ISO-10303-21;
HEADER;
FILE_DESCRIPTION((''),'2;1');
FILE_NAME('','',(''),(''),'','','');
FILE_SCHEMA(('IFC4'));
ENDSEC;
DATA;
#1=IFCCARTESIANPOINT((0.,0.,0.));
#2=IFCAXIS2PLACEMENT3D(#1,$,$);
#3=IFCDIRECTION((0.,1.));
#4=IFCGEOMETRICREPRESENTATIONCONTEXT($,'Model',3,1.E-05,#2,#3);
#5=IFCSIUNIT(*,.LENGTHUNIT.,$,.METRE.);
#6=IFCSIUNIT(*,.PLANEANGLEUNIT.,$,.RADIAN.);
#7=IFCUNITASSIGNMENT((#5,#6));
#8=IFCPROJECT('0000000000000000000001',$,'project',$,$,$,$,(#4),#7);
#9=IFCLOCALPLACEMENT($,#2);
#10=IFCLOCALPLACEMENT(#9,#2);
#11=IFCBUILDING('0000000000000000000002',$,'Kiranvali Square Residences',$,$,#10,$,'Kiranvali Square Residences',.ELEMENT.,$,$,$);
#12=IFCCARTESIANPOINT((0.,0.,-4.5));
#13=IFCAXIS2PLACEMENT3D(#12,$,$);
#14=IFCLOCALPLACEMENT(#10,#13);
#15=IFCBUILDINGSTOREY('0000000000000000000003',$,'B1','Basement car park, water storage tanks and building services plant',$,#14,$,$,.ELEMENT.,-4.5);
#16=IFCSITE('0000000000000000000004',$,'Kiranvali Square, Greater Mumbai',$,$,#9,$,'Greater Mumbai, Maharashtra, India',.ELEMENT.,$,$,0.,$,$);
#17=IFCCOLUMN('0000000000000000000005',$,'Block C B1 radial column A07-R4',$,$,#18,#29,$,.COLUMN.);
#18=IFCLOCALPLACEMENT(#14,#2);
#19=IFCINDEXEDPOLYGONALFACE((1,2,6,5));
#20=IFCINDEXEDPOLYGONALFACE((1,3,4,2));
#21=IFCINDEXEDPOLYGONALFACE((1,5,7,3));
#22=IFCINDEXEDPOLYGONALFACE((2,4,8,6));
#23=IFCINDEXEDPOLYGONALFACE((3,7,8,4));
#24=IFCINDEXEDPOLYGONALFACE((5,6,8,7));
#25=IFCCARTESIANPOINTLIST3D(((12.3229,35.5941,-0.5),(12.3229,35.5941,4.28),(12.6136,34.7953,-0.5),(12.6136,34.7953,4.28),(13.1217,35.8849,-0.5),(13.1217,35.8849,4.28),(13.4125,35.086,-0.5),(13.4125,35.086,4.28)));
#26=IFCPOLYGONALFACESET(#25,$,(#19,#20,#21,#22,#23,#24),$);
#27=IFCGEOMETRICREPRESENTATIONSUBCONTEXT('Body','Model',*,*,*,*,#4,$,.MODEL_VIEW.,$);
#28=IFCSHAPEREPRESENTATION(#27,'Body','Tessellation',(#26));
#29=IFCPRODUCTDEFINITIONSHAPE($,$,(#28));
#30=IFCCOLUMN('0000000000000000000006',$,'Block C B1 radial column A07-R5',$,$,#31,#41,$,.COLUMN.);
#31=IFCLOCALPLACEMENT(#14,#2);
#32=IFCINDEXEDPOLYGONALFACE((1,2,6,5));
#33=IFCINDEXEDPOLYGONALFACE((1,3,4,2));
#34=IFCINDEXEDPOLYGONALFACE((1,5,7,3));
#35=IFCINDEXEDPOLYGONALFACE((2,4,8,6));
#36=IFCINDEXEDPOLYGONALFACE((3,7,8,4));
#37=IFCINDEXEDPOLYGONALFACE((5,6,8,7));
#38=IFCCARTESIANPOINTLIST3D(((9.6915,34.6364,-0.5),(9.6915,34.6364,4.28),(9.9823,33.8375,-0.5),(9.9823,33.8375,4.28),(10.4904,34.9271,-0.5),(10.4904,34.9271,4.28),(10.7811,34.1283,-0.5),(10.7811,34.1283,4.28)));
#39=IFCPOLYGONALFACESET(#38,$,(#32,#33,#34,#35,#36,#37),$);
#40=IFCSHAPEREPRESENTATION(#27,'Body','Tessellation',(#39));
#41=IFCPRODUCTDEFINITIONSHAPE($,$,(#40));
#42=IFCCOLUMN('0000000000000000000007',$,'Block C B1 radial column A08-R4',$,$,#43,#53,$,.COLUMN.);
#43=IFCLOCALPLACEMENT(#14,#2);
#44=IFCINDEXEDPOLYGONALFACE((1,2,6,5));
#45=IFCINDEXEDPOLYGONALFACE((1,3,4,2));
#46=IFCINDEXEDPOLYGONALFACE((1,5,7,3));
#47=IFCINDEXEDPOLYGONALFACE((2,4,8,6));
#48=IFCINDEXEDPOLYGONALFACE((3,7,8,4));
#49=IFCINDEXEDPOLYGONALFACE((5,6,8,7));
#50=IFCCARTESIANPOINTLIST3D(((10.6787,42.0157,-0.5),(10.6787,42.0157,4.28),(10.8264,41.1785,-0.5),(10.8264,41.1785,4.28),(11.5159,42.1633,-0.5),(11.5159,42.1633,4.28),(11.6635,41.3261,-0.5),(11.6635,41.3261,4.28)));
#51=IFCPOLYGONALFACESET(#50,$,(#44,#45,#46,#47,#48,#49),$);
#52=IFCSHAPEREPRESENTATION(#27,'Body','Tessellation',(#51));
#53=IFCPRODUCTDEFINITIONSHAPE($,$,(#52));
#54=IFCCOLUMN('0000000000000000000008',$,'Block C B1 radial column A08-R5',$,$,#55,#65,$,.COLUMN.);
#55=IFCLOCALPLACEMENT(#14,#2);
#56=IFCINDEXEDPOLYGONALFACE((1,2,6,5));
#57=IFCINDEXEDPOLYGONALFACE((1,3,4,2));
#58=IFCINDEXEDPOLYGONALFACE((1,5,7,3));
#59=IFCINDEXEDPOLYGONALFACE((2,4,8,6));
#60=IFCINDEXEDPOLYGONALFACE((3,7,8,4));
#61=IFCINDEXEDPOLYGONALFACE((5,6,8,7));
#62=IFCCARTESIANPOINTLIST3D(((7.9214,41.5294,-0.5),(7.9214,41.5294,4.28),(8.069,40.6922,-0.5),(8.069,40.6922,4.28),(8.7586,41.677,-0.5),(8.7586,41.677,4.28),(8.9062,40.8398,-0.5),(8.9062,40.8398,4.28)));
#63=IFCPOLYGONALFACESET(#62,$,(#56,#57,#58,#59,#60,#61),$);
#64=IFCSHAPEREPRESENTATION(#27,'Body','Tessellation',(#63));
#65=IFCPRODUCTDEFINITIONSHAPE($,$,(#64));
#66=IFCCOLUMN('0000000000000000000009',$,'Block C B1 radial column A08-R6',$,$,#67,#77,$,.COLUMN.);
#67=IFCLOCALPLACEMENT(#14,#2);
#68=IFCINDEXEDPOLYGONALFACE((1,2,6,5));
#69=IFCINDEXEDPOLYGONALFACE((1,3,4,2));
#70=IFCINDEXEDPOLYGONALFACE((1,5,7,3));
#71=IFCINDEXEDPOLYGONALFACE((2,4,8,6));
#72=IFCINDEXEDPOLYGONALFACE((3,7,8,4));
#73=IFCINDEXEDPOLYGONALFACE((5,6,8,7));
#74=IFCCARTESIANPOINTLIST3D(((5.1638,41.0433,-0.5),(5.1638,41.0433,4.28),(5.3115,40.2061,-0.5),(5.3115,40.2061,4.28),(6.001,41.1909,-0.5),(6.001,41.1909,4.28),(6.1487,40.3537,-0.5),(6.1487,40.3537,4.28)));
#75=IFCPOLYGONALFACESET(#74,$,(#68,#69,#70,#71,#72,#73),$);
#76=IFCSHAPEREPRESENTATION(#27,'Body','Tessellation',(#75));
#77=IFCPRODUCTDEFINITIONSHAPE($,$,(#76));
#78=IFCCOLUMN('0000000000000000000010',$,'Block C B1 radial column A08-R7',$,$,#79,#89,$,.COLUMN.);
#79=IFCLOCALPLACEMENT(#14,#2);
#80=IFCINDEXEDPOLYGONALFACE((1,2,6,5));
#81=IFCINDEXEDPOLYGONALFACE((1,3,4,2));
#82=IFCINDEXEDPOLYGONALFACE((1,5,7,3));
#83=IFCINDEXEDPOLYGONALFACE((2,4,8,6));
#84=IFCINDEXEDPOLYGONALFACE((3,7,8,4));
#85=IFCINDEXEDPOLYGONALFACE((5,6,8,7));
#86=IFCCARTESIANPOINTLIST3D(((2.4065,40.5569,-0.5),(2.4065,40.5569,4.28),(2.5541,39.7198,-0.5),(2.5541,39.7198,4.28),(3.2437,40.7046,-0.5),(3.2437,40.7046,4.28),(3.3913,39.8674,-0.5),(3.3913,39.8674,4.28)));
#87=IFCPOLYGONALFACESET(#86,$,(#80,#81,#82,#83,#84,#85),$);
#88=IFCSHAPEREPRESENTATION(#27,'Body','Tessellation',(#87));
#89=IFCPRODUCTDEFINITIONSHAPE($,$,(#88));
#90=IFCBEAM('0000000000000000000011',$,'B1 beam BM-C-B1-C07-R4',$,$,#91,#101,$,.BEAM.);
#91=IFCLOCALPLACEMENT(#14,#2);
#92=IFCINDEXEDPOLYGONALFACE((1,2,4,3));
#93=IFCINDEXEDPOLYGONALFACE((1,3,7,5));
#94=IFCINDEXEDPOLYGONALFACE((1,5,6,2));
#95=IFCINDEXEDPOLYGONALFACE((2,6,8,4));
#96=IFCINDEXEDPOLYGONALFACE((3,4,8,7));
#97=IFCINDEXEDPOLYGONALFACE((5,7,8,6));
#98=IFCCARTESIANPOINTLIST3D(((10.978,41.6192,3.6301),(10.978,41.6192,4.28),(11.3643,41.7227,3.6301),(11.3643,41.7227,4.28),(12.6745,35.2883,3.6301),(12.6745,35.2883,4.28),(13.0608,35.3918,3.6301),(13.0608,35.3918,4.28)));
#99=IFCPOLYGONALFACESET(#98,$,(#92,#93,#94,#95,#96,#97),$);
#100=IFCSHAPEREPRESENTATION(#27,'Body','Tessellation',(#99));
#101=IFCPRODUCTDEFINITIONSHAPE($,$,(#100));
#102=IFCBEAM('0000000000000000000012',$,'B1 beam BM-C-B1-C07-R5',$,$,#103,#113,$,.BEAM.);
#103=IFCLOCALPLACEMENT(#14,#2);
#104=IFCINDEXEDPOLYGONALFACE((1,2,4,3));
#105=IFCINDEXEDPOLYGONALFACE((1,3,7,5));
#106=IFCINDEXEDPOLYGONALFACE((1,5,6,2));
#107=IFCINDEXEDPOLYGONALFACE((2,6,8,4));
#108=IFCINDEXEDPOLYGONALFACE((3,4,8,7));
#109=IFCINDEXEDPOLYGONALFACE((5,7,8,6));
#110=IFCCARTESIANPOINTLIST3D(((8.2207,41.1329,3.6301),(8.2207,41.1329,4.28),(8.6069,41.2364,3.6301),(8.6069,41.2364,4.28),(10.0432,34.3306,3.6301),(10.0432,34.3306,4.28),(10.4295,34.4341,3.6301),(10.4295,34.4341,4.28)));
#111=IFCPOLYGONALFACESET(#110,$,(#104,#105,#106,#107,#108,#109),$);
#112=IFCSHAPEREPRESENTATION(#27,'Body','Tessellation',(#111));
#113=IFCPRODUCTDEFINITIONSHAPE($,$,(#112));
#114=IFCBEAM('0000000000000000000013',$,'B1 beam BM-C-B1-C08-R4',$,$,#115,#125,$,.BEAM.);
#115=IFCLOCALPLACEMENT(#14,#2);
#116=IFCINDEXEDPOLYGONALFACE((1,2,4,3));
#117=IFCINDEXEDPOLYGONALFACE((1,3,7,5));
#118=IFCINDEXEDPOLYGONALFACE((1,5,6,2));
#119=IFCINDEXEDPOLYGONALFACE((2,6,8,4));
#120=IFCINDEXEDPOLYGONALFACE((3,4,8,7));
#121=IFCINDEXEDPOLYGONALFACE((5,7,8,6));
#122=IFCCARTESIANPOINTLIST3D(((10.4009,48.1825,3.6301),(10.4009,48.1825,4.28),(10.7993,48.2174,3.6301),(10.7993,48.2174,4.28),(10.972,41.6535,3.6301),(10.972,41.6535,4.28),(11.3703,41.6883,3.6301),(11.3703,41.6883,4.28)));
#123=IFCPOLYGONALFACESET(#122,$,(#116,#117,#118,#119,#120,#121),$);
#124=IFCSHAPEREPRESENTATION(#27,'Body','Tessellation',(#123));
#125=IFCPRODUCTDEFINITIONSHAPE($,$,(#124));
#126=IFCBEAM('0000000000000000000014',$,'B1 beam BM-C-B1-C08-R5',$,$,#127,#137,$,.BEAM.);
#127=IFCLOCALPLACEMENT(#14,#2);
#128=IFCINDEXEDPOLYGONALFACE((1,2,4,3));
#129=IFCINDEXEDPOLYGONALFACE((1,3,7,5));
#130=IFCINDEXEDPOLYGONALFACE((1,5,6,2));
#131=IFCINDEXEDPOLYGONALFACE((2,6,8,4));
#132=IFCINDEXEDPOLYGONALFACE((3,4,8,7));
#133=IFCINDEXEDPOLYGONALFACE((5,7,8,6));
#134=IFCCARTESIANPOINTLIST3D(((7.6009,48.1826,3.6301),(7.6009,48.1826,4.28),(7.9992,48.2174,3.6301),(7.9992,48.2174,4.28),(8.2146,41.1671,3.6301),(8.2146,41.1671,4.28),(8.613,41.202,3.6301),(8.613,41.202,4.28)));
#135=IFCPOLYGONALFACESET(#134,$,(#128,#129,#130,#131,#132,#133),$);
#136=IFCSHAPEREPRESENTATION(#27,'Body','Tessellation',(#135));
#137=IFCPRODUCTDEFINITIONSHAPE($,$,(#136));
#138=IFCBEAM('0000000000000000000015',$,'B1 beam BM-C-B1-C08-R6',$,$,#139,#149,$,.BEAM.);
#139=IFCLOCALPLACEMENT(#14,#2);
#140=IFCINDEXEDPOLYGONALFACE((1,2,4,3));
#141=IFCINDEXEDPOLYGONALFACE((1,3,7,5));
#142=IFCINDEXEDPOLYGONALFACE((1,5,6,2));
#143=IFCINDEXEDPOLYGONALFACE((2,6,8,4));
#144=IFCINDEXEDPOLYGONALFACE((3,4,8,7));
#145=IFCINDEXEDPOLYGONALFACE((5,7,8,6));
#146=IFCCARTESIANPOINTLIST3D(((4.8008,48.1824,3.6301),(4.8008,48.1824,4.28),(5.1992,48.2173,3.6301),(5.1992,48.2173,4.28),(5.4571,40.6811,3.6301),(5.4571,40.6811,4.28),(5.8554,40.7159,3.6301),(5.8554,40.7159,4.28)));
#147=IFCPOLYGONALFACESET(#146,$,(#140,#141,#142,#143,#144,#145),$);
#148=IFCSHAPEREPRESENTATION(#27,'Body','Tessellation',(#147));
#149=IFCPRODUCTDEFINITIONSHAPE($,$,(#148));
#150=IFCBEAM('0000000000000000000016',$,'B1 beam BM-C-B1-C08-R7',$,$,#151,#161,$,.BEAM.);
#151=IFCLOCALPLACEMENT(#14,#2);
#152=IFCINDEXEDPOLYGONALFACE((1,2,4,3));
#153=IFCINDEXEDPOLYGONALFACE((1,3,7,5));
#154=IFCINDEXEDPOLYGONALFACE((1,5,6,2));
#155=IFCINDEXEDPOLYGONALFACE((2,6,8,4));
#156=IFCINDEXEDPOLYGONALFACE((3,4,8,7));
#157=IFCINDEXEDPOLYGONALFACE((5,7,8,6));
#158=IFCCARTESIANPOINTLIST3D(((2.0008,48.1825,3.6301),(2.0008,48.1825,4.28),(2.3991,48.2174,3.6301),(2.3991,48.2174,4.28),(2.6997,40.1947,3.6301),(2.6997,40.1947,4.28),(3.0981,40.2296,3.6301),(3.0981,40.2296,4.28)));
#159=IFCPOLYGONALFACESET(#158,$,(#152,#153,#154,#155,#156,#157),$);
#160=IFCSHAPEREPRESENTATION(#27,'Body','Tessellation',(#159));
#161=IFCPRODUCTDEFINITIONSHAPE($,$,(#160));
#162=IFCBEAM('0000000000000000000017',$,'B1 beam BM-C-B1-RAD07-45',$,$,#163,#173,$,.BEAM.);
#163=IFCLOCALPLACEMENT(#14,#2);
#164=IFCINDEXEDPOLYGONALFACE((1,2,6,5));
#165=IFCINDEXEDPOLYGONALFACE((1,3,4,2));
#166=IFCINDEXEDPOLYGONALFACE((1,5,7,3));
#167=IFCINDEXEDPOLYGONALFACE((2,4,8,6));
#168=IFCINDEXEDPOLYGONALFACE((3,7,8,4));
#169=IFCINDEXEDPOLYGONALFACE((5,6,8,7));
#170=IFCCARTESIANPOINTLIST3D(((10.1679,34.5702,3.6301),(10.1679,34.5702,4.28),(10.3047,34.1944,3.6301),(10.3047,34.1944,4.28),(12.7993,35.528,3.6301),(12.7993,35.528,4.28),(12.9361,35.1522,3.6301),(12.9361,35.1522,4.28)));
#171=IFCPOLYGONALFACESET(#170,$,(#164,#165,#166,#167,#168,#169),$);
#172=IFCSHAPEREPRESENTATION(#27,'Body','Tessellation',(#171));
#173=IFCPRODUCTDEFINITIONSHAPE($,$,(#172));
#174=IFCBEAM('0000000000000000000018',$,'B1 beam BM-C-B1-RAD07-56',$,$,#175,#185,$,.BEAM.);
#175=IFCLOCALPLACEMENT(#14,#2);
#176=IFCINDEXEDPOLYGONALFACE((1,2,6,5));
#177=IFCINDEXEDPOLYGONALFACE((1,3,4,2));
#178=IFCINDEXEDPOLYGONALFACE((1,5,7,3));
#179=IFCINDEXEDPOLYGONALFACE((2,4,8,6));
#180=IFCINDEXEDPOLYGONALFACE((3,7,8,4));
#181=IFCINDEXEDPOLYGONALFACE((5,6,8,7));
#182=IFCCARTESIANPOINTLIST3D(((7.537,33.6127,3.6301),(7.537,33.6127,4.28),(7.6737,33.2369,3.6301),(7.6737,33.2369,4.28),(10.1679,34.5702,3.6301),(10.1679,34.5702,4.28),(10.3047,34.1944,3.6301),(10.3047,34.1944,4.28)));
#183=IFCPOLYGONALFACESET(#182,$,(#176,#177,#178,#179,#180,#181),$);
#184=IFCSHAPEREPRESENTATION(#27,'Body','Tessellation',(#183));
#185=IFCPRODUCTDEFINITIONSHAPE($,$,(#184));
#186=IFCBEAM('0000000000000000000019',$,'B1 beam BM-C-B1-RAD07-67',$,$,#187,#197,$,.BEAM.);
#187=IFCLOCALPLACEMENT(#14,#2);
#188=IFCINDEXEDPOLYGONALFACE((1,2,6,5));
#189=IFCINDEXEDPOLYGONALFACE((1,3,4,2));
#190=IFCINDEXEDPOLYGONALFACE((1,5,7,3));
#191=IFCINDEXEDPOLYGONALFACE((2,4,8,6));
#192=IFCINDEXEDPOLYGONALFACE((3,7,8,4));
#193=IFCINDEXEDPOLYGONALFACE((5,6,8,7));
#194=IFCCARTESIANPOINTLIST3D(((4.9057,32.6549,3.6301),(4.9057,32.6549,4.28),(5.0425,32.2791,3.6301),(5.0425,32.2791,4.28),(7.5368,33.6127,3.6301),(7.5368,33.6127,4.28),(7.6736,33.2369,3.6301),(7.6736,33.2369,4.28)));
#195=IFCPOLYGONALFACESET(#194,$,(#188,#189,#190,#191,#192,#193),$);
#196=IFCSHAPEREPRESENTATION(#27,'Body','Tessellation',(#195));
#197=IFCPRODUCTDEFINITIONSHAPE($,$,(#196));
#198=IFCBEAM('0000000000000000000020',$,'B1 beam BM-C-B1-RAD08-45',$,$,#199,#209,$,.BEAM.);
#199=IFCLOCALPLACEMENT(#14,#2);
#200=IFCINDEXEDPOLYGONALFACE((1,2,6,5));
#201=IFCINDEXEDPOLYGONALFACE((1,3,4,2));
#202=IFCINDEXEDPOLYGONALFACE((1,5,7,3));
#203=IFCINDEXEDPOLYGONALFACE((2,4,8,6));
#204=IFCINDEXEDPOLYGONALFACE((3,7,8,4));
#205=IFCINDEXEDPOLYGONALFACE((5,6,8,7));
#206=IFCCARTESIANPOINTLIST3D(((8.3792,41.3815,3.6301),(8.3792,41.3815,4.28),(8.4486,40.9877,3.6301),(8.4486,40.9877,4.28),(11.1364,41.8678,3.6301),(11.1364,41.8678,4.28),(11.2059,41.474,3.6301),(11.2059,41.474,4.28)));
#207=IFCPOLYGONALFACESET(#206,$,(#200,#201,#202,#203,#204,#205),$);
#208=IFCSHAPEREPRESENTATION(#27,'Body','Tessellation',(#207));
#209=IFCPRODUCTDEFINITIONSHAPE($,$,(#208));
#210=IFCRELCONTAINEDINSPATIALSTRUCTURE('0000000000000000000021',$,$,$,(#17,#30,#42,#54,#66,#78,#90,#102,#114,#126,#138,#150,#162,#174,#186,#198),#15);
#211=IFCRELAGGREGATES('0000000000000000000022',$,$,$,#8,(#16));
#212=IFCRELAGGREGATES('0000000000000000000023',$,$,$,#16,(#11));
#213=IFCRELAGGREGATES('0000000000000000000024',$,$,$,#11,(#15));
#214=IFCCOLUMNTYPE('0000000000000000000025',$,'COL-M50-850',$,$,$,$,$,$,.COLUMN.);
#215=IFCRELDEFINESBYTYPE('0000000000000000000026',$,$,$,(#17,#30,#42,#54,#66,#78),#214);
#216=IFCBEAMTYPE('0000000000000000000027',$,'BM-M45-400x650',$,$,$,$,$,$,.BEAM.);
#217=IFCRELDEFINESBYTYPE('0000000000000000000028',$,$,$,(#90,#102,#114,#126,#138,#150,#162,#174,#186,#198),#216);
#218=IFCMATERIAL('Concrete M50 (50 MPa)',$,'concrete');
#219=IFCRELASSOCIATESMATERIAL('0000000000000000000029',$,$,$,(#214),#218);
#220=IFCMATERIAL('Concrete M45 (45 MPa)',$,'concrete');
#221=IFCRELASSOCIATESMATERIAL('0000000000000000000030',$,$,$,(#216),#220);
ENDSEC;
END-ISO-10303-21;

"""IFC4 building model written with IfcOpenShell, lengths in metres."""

from ifc_helpers import new_model, si_unit, direction, frame, origin, origin_2d, place, context, subcontext, project, spatial, rectangle, extrude, material, material_profile, profile_set, type_object, element, save


model = new_model("IFC4")

# Units and contexts
model_context = context("Model", 3, precision=1e-05, world=origin(), true_north=direction((0.0, 1.0)))
body_context = subcontext(model_context, "Body", "Model", "MODEL_VIEW")
ifc_project = project(units=[si_unit("LENGTHUNIT", "METRE"), si_unit("PLANEANGLEUNIT", "RADIAN")], contexts=[model_context])

# Site, building, storey
site_placement = place(None, origin())
site = spatial("IfcSite", under=ifc_project, at=site_placement, Name="Kiranvali Square, Greater Mumbai", LongName="Greater Mumbai, Maharashtra, India", CompositionType="ELEMENT", RefElevation=0.0)
building_placement = place(site_placement, origin())
building = spatial("IfcBuilding", under=site, at=building_placement, Name="Kiranvali Square Residences", LongName="Kiranvali Square Residences", CompositionType="ELEMENT")
storey_placement = place(building_placement, frame((0.0, 0.0, -4.5)))
storey = spatial("IfcBuildingStorey", under=building, at=storey_placement, Name="B1", Description="Basement car park, water storage tanks and building services plant", CompositionType="ELEMENT", Elevation=-4.5)

# Columns
ifc_material_1 = material(Name="Concrete M50 (50 MPa)", Category="concrete")
ifc_material_profile_1 = material_profile(ifc_material_1, rectangle(XDim=0.8501, YDim=0.8501, at=origin_2d()), Name="RC 850x850")
ifc_profile_set_1 = profile_set([ifc_material_profile_1], Name="Concrete M50 (50 MPa)")
column_type = type_object("IfcColumnType", Name="COL-M50-850", PredefinedType="COLUMN", material=ifc_profile_set_1)
for number, where, z_axis, x_axis, name in (
    (1, (12.8677, 35.3401, -0.5), (0.0, 0.0, 1.0), (-0.34202, 0.939693, 0.0), "Block C B1 radial column A07-R4"),
    (2, (10.2363, 34.3823, -0.5), (0.0, 0.0, 1.0), (-0.34202, 0.939693, 0.0), "Block C B1 radial column A07-R5"),
    (3, (11.1711, 41.6709, -0.5), (0.0, 0.0, 1.0), (-0.173648, 0.984808, 0.0), "Block C B1 radial column A08-R4"),
    (4, (8.4138, 41.1846, -0.5), (0.0, 0.0, 1.0), (-0.173648, 0.984808, 0.0), "Block C B1 radial column A08-R5"),
    (5, (5.6562, 40.6985, -0.5), (0.0, 0.0, 1.0), (-0.173648, 0.984808, 0.0), "Block C B1 radial column A08-R6"),
    (6, (2.8989, 40.2122, -0.5), (0.0, 0.0, 1.0), (-0.173648, 0.984808, 0.0), "Block C B1 radial column A08-R7"),
):
    element("IfcColumn", number, at=place(storey_placement, frame(where, z_axis=z_axis, x_axis=x_axis)), inside=storey, type_object=column_type, Name=name, PredefinedType="COLUMN", context=body_context, shape_type="SweptSolid", body=[
        extrude(rectangle(XDim=0.8501, YDim=0.8501, at=origin_2d()), origin(), (0.0, 0.0, 1.0), 4.78),
    ])

# Beams
ifc_material_2 = material(Name="Concrete M45 (45 MPa)", Category="concrete")
ifc_material_profile_2 = material_profile(ifc_material_2, rectangle(XDim=0.3999, YDim=0.6499, at=origin_2d()), Name="RC 400x650")
ifc_profile_set_2 = profile_set([ifc_material_profile_2], Name="Concrete M45 (45 MPa)")
beam_type = type_object("IfcBeamType", Name="BM-M45-400x650", PredefinedType="BEAM", material=ifc_profile_set_2)
beam_1_placement = place(storey_placement, frame((12.8677, 35.3401, 3.9551), z_axis=(-0.258847, 0.965918, 0.0), x_axis=(-0.965918, -0.258847, 0.0)))
element("IfcBeam", 7, at=beam_1_placement, inside=storey, type_object=beam_type, Name="B1 beam BM-C-B1-C07-R4", PredefinedType="BEAM", context=body_context, shape_type="SweptSolid", body=[
    extrude(rectangle(XDim=0.3999, YDim=0.6499, at=origin_2d()), origin(), (0.0, 0.0, 1.0), 6.5542),
])
beam_2_placement = place(storey_placement, frame((10.2363, 34.3823, 3.9551), z_axis=(-0.2588, 0.965931, 0.0), x_axis=(-0.965931, -0.2588, 0.0)))
element("IfcBeam", 8, at=beam_2_placement, inside=storey, type_object=beam_type, Name="B1 beam BM-C-B1-C07-R5", PredefinedType="BEAM", context=body_context, shape_type="SweptSolid", body=[
    extrude(rectangle(XDim=0.3999, YDim=0.6499, at=origin_2d()), origin(), (0.0, 0.0, 1.0), 7.0422),
])
beam_3_placement = place(storey_placement, frame((11.1711, 41.6709, 3.9551), z_axis=(-0.08713, 0.996197, 0.0), x_axis=(-0.996197, -0.08713, 0.0)))
element("IfcBeam", 9, at=beam_3_placement, inside=storey, type_object=beam_type, Name="B1 beam BM-C-B1-C08-R4", PredefinedType="BEAM", context=body_context, shape_type="SweptSolid", body=[
    extrude(rectangle(XDim=0.3999, YDim=0.6499, at=origin_2d()), origin(), (0.0, 0.0, 1.0), 6.554),
])
beam_4_placement = place(storey_placement, frame((8.4138, 41.1846, 3.9551), z_axis=(-0.087156, 0.996195, 0.0), x_axis=(-0.996195, -0.087156, 0.0)))
element("IfcBeam", 10, at=beam_4_placement, inside=storey, type_object=beam_type, Name="B1 beam BM-C-B1-C08-R5", PredefinedType="BEAM", context=body_context, shape_type="SweptSolid", body=[
    extrude(rectangle(XDim=0.3999, YDim=0.6499, at=origin_2d()), origin(), (0.0, 0.0, 1.0), 7.0422),
])
beam_5_placement = place(storey_placement, frame((5.6562, 40.6985, 3.9551), z_axis=(-0.08715, 0.996195, 0.0), x_axis=(-0.996195, -0.08715, 0.0)))
element("IfcBeam", 11, at=beam_5_placement, inside=storey, type_object=beam_type, Name="B1 beam BM-C-B1-C08-R6", PredefinedType="BEAM", context=body_context, shape_type="SweptSolid", body=[
    extrude(rectangle(XDim=0.3999, YDim=0.6499, at=origin_2d()), origin(), (0.0, 0.0, 1.0), 7.53),
])
beam_6_placement = place(storey_placement, frame((2.8989, 40.2122, 3.9551), z_axis=(-0.087172, 0.996193, 0.0), x_axis=(-0.996193, -0.087172, 0.0)))
element("IfcBeam", 12, at=beam_6_placement, inside=storey, type_object=beam_type, Name="B1 beam BM-C-B1-C08-R7", PredefinedType="BEAM", context=body_context, shape_type="SweptSolid", body=[
    extrude(rectangle(XDim=0.3999, YDim=0.6499, at=origin_2d()), origin(), (0.0, 0.0, 1.0), 8.0183),
])
beam_7_placement = place(storey_placement, frame((12.8677, 35.3401, 3.9551), z_axis=(-0.939689, -0.34203, 0.0), x_axis=(0.34203, -0.939689, 0.0)))
element("IfcBeam", 13, at=beam_7_placement, inside=storey, type_object=beam_type, Name="B1 beam BM-C-B1-RAD07-45", PredefinedType="BEAM", context=body_context, shape_type="SweptSolid", body=[
    extrude(rectangle(XDim=0.3999, YDim=0.6499, at=origin_2d()), origin(), (0.0, 0.0, 1.0), 2.8003),
])
beam_8_placement = place(storey_placement, frame((10.2363, 34.3823, 3.9551), z_axis=(-0.939707, -0.341981, 0.0), x_axis=(0.341981, -0.939707, 0.0)))
element("IfcBeam", 14, at=beam_8_placement, inside=storey, type_object=beam_type, Name="B1 beam BM-C-B1-RAD07-56", PredefinedType="BEAM", context=body_context, shape_type="SweptSolid", body=[
    extrude(rectangle(XDim=0.3999, YDim=0.6499, at=origin_2d()), origin(), (0.0, 0.0, 1.0), 2.7998),
])
beam_9_placement = place(storey_placement, frame((7.6052, 33.4248, 3.9551), z_axis=(-0.939679, -0.342058, 0.0), x_axis=(0.342058, -0.939679, 0.0)))
element("IfcBeam", 15, at=beam_9_placement, inside=storey, type_object=beam_type, Name="B1 beam BM-C-B1-RAD07-67", PredefinedType="BEAM", context=body_context, shape_type="SweptSolid", body=[
    extrude(rectangle(XDim=0.3999, YDim=0.6499, at=origin_2d()), origin(), (0.0, 0.0, 1.0), 2.8),
])
beam_10_placement = place(storey_placement, frame((11.1711, 41.6709, 3.9551), z_axis=(-0.984799, -0.173696, 0.0), x_axis=(0.173696, -0.984799, 0.0)))
element("IfcBeam", 16, at=beam_10_placement, inside=storey, type_object=beam_type, Name="B1 beam BM-C-B1-RAD08-45", PredefinedType="BEAM", context=body_context, shape_type="SweptSolid", body=[
    extrude(rectangle(XDim=0.3999, YDim=0.6499, at=origin_2d()), origin(), (0.0, 0.0, 1.0), 2.7998),
])

save(model, "model.ifc")
